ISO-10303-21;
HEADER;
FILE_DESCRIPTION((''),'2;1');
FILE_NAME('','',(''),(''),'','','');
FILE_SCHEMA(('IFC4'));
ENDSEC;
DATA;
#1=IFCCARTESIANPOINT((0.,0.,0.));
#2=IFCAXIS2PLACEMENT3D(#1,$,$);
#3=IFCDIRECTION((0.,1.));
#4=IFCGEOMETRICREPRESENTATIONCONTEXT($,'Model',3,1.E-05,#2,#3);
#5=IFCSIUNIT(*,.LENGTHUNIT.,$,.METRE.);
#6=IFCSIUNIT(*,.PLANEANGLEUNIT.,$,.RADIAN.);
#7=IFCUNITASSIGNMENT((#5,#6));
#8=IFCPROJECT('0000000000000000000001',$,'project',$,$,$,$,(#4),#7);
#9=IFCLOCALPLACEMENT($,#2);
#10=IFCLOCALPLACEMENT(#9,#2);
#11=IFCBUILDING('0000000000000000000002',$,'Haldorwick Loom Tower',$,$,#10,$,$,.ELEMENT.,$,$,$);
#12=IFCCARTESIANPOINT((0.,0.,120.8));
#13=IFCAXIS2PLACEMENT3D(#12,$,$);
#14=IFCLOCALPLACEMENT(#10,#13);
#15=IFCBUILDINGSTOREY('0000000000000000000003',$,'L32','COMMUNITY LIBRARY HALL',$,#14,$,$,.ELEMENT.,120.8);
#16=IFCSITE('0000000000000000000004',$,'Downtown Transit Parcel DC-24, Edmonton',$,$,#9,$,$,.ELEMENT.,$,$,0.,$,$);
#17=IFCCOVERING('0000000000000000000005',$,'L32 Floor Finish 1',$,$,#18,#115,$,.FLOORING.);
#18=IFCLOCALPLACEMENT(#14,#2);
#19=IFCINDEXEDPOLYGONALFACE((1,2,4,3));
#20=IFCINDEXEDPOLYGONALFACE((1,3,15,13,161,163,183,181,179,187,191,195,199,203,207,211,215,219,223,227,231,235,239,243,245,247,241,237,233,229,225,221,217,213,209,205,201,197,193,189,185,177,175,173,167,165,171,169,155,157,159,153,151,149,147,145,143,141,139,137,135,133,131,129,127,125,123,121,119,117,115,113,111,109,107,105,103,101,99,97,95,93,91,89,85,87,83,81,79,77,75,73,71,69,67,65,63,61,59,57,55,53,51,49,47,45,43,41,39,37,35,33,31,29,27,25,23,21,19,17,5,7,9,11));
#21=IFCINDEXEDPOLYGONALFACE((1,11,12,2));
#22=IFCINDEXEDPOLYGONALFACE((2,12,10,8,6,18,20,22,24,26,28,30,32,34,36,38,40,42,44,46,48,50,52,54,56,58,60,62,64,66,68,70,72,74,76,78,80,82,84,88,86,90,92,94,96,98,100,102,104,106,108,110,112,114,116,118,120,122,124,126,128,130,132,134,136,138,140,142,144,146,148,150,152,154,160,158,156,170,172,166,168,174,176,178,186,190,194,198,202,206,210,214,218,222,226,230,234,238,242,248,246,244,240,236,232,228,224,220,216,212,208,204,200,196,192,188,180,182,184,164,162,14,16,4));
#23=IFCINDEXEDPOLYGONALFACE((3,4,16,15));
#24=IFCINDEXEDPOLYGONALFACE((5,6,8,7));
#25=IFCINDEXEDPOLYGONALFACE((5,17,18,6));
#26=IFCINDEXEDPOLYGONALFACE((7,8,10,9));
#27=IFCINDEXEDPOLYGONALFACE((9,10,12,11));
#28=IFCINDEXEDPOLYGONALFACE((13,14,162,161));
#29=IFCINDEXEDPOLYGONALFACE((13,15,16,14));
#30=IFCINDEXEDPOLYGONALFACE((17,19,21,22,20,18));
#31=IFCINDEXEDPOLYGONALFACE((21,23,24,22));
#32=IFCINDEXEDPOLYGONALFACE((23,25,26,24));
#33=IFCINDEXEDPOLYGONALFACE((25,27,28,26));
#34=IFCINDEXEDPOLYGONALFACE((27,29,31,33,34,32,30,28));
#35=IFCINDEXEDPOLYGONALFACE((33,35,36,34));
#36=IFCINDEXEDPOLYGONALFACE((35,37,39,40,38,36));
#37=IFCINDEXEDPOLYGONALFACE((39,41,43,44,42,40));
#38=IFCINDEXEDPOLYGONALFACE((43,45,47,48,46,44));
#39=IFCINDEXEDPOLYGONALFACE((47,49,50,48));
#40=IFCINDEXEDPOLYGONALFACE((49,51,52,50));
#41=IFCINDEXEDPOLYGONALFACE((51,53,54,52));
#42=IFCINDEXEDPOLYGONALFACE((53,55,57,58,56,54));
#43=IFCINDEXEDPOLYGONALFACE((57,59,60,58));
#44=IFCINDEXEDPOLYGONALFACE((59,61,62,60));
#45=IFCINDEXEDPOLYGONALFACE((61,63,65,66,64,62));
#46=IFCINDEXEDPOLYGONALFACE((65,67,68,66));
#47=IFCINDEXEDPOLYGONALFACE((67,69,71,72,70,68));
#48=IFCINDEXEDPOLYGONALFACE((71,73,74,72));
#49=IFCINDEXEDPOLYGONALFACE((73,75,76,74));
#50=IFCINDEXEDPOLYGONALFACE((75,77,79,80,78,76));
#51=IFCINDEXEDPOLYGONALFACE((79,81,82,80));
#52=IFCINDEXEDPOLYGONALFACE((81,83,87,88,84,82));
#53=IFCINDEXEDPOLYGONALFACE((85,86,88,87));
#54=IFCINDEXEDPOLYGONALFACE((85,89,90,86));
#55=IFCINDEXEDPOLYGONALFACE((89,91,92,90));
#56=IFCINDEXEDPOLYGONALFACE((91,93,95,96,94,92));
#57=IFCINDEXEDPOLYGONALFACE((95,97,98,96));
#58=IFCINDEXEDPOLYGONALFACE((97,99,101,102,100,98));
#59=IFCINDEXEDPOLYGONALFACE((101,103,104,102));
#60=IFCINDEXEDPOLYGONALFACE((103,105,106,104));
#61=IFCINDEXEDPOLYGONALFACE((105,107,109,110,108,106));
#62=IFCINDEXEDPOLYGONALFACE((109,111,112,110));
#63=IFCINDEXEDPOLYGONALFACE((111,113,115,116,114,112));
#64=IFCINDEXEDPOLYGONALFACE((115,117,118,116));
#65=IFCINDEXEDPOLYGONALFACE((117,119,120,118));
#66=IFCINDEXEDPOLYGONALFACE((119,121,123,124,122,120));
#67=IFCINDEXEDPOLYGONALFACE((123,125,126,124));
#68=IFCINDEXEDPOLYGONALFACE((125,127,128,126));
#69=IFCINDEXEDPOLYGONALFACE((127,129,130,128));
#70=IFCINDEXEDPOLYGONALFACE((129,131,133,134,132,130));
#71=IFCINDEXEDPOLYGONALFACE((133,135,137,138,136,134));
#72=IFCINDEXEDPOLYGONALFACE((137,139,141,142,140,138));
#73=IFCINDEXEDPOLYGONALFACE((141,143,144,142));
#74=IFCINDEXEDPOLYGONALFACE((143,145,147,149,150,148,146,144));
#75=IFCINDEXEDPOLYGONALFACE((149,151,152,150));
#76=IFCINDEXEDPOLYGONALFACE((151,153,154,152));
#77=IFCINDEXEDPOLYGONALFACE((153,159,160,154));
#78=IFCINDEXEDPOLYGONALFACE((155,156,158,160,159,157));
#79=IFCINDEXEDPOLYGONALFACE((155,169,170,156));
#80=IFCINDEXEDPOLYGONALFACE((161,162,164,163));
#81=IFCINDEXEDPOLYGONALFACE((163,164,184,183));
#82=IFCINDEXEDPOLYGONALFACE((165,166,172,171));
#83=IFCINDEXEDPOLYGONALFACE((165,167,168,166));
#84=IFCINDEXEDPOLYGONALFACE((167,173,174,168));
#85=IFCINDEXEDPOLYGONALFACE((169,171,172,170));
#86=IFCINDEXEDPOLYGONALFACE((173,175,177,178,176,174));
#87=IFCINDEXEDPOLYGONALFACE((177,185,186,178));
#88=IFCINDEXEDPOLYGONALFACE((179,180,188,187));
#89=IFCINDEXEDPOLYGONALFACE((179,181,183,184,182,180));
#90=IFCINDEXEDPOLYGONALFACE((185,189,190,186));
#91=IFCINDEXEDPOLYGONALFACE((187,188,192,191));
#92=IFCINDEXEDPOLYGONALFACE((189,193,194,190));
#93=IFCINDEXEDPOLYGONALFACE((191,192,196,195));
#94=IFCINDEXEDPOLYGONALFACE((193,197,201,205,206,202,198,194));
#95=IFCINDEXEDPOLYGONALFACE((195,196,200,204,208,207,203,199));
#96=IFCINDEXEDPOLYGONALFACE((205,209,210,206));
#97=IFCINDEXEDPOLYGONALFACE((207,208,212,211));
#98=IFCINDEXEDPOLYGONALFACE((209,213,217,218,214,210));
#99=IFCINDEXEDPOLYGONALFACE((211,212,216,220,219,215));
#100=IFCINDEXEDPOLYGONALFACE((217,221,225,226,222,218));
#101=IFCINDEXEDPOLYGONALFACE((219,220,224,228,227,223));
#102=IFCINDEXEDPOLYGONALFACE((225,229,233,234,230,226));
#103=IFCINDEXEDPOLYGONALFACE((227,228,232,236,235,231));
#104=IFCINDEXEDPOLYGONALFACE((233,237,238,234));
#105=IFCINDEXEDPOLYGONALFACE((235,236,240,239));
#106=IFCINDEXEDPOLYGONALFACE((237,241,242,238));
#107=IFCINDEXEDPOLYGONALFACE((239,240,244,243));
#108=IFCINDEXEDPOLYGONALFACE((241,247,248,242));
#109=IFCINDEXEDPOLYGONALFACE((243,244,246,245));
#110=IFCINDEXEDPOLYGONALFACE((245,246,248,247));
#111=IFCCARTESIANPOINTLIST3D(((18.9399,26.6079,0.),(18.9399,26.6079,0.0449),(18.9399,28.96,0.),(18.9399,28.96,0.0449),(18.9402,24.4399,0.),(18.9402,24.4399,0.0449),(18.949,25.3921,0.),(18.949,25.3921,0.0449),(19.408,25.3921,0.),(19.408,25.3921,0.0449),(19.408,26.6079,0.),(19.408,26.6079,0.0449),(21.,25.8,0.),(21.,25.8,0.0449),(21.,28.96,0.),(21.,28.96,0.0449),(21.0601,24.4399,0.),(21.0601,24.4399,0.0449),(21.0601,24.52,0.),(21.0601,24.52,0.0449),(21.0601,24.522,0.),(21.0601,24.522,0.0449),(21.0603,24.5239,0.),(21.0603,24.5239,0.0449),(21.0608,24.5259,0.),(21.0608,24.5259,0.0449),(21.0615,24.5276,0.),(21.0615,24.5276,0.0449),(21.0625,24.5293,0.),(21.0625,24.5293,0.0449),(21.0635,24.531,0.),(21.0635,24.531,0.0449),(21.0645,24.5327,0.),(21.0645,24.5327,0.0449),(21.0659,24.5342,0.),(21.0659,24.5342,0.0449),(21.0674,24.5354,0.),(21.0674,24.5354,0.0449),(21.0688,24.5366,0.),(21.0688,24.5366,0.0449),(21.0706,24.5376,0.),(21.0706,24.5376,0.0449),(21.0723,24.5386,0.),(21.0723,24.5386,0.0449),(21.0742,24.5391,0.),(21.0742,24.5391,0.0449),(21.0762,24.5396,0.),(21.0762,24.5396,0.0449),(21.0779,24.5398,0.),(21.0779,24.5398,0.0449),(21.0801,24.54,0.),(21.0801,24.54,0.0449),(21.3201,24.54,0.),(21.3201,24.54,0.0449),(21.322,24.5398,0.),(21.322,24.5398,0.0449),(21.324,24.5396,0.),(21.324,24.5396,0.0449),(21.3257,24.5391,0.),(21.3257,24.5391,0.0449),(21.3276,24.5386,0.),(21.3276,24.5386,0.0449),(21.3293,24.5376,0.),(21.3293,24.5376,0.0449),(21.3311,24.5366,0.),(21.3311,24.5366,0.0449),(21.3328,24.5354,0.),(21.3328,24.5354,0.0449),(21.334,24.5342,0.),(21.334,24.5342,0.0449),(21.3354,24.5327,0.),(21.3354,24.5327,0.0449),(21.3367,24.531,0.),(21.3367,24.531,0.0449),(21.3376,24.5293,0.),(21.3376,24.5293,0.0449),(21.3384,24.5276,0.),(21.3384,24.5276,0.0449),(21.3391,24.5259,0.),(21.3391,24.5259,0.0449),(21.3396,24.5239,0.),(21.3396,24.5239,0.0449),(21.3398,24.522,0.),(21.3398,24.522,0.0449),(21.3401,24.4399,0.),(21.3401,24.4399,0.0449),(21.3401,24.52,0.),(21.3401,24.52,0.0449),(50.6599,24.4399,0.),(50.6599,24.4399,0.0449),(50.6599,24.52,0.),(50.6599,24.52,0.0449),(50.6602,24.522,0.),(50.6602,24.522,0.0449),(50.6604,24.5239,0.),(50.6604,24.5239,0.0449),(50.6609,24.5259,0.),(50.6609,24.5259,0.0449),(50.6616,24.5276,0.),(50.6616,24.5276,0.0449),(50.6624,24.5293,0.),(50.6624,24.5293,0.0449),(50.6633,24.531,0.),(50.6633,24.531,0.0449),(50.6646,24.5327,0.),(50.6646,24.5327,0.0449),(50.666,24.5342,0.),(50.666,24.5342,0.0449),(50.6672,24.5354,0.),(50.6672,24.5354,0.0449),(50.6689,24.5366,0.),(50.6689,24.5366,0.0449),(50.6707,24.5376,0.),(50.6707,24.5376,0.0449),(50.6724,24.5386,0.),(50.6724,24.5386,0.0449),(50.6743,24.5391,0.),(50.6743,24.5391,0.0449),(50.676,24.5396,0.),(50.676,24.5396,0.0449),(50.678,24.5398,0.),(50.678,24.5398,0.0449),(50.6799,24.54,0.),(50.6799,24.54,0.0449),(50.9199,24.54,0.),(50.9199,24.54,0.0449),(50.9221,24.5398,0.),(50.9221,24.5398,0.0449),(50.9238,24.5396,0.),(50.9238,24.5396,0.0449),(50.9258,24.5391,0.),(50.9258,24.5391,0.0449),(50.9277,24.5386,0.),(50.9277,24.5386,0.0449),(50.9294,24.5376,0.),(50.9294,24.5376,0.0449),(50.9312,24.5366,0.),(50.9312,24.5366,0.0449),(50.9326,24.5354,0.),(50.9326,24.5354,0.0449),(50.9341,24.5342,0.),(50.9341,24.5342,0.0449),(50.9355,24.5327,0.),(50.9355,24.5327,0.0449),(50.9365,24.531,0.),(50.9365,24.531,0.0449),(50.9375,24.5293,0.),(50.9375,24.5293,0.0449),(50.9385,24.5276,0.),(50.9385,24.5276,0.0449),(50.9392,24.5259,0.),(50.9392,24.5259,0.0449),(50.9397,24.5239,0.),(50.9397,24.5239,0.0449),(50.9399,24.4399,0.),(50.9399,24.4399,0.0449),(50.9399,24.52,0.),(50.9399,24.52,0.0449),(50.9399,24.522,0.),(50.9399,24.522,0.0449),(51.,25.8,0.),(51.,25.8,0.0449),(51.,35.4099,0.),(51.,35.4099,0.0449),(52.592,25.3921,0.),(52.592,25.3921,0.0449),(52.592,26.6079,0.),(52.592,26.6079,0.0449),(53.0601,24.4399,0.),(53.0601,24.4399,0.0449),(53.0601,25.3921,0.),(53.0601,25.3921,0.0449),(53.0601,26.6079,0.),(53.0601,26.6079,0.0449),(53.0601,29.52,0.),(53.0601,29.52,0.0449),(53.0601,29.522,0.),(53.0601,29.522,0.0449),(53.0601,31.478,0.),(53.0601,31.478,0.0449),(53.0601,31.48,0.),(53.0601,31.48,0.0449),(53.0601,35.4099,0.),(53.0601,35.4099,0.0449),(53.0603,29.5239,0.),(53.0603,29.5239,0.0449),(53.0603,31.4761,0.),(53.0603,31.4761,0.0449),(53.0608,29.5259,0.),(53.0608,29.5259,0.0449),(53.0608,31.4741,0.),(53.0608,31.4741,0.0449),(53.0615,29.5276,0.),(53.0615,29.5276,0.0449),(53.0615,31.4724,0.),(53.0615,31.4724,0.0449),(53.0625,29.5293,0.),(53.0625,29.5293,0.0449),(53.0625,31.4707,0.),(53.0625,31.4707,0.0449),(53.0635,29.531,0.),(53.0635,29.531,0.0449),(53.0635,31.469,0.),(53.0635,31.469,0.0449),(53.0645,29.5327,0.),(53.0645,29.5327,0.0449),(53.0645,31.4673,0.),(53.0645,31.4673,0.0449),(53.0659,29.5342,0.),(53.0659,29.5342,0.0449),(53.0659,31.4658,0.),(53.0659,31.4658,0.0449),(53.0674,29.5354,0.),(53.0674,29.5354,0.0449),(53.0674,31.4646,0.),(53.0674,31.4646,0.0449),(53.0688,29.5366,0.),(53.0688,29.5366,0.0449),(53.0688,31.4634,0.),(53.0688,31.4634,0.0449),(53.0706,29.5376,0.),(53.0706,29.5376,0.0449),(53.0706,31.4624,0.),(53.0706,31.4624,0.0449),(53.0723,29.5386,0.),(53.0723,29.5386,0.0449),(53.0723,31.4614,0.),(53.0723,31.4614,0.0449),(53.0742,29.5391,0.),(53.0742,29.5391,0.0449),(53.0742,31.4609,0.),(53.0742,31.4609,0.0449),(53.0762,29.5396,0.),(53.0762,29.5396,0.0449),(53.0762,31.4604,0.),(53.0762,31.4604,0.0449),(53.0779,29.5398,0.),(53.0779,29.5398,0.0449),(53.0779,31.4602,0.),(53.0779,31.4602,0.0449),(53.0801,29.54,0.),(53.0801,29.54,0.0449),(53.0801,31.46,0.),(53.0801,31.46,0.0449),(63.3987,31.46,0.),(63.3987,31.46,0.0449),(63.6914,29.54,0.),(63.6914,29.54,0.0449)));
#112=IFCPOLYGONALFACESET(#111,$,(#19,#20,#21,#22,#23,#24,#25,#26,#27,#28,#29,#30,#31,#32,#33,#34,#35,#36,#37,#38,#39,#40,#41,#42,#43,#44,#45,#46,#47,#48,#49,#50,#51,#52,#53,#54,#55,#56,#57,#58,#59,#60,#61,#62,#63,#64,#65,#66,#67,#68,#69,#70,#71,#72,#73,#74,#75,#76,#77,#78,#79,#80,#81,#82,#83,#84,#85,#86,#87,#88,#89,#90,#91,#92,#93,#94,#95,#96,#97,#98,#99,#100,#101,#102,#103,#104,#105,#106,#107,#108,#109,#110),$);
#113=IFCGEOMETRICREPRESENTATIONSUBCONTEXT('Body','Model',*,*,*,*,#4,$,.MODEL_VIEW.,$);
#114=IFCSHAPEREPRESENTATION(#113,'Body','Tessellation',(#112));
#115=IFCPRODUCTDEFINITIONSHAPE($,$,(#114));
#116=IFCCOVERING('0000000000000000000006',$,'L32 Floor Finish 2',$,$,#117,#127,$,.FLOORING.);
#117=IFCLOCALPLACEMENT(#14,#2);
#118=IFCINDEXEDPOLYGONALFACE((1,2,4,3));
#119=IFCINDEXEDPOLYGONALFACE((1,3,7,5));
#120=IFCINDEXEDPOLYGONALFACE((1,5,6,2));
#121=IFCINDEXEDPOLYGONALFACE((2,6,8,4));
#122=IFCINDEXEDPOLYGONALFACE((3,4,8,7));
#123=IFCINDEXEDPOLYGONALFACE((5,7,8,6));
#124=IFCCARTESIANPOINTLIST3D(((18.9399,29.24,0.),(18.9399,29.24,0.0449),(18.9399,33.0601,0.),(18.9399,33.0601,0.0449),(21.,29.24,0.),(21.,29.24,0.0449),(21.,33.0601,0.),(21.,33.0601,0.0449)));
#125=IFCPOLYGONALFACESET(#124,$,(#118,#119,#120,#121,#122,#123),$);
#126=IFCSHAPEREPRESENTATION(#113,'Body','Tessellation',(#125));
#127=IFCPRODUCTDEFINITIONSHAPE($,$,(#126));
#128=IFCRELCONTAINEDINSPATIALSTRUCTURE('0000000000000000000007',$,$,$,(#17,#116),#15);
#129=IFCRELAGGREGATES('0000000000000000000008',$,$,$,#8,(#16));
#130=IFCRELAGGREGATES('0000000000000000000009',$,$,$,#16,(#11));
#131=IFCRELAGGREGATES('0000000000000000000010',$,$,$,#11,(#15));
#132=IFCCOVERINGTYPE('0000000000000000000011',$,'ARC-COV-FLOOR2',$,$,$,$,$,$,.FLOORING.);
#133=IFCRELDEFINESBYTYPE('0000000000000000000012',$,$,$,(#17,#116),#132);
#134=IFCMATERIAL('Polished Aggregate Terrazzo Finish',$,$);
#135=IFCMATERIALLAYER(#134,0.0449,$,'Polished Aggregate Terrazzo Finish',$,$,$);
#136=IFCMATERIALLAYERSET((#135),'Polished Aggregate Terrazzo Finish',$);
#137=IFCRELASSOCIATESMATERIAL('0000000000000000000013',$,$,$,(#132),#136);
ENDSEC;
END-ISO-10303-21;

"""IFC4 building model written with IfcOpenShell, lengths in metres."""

from ifc_helpers import new_model, si_unit, direction, frame, origin, place, context, subcontext, project, spatial, polyline, outline, extrude, material, layer, layer_set, type_object, element, save


model = new_model("IFC4")

# Units and contexts
model_context = context("Model", 3, precision=1e-05, world=origin(), true_north=direction((0.0, 1.0)))
body_context = subcontext(model_context, "Body", "Model", "MODEL_VIEW")
ifc_project = project(units=[si_unit("LENGTHUNIT", "METRE"), si_unit("PLANEANGLEUNIT", "RADIAN")], contexts=[model_context])

# Site, building, storey
site_placement = place(None, origin())
site = spatial("IfcSite", under=ifc_project, at=site_placement, Name="Downtown Transit Parcel DC-24, Edmonton", CompositionType="ELEMENT", RefElevation=0.0)
building_placement = place(site_placement, origin())
building = spatial("IfcBuilding", under=site, at=building_placement, Name="Haldorwick Loom Tower", CompositionType="ELEMENT")
storey_placement = place(building_placement, frame((0.0, 0.0, 120.8)))
storey = spatial("IfcBuildingStorey", under=building, at=storey_placement, Name="L32", Description="COMMUNITY LIBRARY HALL", CompositionType="ELEMENT", Elevation=120.8)

# Coverings
ifc_material_1 = material(Name="Polished Aggregate Terrazzo Finish")
ifc_layer_1 = layer(ifc_material_1, 0.0449, Name="Polished Aggregate Terrazzo Finish")
ifc_layer_set_1 = layer_set([ifc_layer_1], Name="Polished Aggregate Terrazzo Finish")
covering_type_1 = type_object("IfcCoveringType", Name="ARC-COV-FLOOR2", PredefinedType="FLOORING", material=ifc_layer_set_1)
covering_1_placement = place(storey_placement, origin())
element("IfcCovering", 1, at=covering_1_placement, inside=storey, type_object=covering_type_1, Name="L32 Floor Finish 1", PredefinedType="FLOORING", context=body_context, shape_type="SweptSolid", body=[
    extrude(outline(polyline([(18.9399, 26.6079), (19.408, 26.6079), (19.408, 25.3921), (18.949, 25.3921), (18.9402, 24.4399), (21.0601, 24.4399), (21.0601, 24.52), (21.0601, 24.522), (21.0603, 24.5239), (21.0608, 24.5259), (21.0615, 24.5276), (21.0625, 24.5293), (21.0635, 24.531), (21.0645, 24.5327), (21.0659, 24.5342), (21.0674, 24.5354), (21.0688, 24.5366), (21.0706, 24.5376), (21.0723, 24.5386), (21.0742, 24.5391), (21.0762, 24.5396), (21.0779, 24.5398), (21.0801, 24.54), (21.3201, 24.54), (21.322, 24.5398), (21.324, 24.5396), (21.3257, 24.5391), (21.3276, 24.5386), (21.3293, 24.5376), (21.3311, 24.5366), (21.3328, 24.5354), (21.334, 24.5342), (21.3354, 24.5327), (21.3367, 24.531), (21.3376, 24.5293), (21.3384, 24.5276), (21.3391, 24.5259), (21.3396, 24.5239), (21.3398, 24.522), (21.3401, 24.52), (21.3401, 24.4399), (50.6599, 24.4399), (50.6599, 24.52), (50.6602, 24.522), (50.6604, 24.5239), (50.6609, 24.5259), (50.6616, 24.5276), (50.6624, 24.5293), (50.6633, 24.531), (50.6646, 24.5327), (50.666, 24.5342), (50.6672, 24.5354), (50.6689, 24.5366), (50.6707, 24.5376), (50.6724, 24.5386), (50.6743, 24.5391), (50.676, 24.5396), (50.678, 24.5398), (50.6799, 24.54), (50.9199, 24.54), (50.9221, 24.5398), (50.9238, 24.5396), (50.9258, 24.5391), (50.9277, 24.5386), (50.9294, 24.5376), (50.9312, 24.5366), (50.9326, 24.5354), (50.9341, 24.5342), (50.9355, 24.5327), (50.9365, 24.531), (50.9375, 24.5293), (50.9385, 24.5276), (50.9392, 24.5259), (50.9397, 24.5239), (50.9399, 24.522), (50.9399, 24.52), (50.9399, 24.4399), (53.0601, 24.4399), (53.0601, 25.3921), (52.592, 25.3921), (52.592, 26.6079), (53.0601, 26.6079), (53.0601, 29.52), (53.0601, 29.522), (53.0603, 29.5239), (53.0608, 29.5259), (53.0615, 29.5276), (53.0625, 29.5293), (53.0635, 29.531), (53.0645, 29.5327), (53.0659, 29.5342), (53.0674, 29.5354), (53.0688, 29.5366), (53.0706, 29.5376), (53.0723, 29.5386), (53.0742, 29.5391), (53.0762, 29.5396), (53.0779, 29.5398), (53.0801, 29.54), (63.6914, 29.54), (63.3987, 31.46), (53.0801, 31.46), (53.0779, 31.4602), (53.0762, 31.4604), (53.0742, 31.4609), (53.0723, 31.4614), (53.0706, 31.4624), (53.0688, 31.4634), (53.0674, 31.4646), (53.0659, 31.4658), (53.0645, 31.4673), (53.0635, 31.469), (53.0625, 31.4707), (53.0615, 31.4724), (53.0608, 31.4741), (53.0603, 31.4761), (53.0601, 31.478), (53.0601, 31.48), (53.0601, 35.4099), (51.0, 35.4099), (51.0, 25.8), (21.0, 25.8), (21.0, 28.96), (18.9399, 28.96), (18.9399, 26.6079)])), origin(), (0.0, 0.0, 1.0), 0.0449),
])
covering_2_placement = place(storey_placement, origin())
element("IfcCovering", 2, at=covering_2_placement, inside=storey, type_object=covering_type_1, Name="L32 Floor Finish 2", PredefinedType="FLOORING", context=body_context, shape_type="SweptSolid", body=[
    extrude(outline(polyline([(21.0, 29.24), (21.0, 33.0601), (18.9399, 33.0601), (18.9399, 29.24), (21.0, 29.24)])), origin(), (0.0, 0.0, 1.0), 0.0449),
])

save(model, "model.ifc")
